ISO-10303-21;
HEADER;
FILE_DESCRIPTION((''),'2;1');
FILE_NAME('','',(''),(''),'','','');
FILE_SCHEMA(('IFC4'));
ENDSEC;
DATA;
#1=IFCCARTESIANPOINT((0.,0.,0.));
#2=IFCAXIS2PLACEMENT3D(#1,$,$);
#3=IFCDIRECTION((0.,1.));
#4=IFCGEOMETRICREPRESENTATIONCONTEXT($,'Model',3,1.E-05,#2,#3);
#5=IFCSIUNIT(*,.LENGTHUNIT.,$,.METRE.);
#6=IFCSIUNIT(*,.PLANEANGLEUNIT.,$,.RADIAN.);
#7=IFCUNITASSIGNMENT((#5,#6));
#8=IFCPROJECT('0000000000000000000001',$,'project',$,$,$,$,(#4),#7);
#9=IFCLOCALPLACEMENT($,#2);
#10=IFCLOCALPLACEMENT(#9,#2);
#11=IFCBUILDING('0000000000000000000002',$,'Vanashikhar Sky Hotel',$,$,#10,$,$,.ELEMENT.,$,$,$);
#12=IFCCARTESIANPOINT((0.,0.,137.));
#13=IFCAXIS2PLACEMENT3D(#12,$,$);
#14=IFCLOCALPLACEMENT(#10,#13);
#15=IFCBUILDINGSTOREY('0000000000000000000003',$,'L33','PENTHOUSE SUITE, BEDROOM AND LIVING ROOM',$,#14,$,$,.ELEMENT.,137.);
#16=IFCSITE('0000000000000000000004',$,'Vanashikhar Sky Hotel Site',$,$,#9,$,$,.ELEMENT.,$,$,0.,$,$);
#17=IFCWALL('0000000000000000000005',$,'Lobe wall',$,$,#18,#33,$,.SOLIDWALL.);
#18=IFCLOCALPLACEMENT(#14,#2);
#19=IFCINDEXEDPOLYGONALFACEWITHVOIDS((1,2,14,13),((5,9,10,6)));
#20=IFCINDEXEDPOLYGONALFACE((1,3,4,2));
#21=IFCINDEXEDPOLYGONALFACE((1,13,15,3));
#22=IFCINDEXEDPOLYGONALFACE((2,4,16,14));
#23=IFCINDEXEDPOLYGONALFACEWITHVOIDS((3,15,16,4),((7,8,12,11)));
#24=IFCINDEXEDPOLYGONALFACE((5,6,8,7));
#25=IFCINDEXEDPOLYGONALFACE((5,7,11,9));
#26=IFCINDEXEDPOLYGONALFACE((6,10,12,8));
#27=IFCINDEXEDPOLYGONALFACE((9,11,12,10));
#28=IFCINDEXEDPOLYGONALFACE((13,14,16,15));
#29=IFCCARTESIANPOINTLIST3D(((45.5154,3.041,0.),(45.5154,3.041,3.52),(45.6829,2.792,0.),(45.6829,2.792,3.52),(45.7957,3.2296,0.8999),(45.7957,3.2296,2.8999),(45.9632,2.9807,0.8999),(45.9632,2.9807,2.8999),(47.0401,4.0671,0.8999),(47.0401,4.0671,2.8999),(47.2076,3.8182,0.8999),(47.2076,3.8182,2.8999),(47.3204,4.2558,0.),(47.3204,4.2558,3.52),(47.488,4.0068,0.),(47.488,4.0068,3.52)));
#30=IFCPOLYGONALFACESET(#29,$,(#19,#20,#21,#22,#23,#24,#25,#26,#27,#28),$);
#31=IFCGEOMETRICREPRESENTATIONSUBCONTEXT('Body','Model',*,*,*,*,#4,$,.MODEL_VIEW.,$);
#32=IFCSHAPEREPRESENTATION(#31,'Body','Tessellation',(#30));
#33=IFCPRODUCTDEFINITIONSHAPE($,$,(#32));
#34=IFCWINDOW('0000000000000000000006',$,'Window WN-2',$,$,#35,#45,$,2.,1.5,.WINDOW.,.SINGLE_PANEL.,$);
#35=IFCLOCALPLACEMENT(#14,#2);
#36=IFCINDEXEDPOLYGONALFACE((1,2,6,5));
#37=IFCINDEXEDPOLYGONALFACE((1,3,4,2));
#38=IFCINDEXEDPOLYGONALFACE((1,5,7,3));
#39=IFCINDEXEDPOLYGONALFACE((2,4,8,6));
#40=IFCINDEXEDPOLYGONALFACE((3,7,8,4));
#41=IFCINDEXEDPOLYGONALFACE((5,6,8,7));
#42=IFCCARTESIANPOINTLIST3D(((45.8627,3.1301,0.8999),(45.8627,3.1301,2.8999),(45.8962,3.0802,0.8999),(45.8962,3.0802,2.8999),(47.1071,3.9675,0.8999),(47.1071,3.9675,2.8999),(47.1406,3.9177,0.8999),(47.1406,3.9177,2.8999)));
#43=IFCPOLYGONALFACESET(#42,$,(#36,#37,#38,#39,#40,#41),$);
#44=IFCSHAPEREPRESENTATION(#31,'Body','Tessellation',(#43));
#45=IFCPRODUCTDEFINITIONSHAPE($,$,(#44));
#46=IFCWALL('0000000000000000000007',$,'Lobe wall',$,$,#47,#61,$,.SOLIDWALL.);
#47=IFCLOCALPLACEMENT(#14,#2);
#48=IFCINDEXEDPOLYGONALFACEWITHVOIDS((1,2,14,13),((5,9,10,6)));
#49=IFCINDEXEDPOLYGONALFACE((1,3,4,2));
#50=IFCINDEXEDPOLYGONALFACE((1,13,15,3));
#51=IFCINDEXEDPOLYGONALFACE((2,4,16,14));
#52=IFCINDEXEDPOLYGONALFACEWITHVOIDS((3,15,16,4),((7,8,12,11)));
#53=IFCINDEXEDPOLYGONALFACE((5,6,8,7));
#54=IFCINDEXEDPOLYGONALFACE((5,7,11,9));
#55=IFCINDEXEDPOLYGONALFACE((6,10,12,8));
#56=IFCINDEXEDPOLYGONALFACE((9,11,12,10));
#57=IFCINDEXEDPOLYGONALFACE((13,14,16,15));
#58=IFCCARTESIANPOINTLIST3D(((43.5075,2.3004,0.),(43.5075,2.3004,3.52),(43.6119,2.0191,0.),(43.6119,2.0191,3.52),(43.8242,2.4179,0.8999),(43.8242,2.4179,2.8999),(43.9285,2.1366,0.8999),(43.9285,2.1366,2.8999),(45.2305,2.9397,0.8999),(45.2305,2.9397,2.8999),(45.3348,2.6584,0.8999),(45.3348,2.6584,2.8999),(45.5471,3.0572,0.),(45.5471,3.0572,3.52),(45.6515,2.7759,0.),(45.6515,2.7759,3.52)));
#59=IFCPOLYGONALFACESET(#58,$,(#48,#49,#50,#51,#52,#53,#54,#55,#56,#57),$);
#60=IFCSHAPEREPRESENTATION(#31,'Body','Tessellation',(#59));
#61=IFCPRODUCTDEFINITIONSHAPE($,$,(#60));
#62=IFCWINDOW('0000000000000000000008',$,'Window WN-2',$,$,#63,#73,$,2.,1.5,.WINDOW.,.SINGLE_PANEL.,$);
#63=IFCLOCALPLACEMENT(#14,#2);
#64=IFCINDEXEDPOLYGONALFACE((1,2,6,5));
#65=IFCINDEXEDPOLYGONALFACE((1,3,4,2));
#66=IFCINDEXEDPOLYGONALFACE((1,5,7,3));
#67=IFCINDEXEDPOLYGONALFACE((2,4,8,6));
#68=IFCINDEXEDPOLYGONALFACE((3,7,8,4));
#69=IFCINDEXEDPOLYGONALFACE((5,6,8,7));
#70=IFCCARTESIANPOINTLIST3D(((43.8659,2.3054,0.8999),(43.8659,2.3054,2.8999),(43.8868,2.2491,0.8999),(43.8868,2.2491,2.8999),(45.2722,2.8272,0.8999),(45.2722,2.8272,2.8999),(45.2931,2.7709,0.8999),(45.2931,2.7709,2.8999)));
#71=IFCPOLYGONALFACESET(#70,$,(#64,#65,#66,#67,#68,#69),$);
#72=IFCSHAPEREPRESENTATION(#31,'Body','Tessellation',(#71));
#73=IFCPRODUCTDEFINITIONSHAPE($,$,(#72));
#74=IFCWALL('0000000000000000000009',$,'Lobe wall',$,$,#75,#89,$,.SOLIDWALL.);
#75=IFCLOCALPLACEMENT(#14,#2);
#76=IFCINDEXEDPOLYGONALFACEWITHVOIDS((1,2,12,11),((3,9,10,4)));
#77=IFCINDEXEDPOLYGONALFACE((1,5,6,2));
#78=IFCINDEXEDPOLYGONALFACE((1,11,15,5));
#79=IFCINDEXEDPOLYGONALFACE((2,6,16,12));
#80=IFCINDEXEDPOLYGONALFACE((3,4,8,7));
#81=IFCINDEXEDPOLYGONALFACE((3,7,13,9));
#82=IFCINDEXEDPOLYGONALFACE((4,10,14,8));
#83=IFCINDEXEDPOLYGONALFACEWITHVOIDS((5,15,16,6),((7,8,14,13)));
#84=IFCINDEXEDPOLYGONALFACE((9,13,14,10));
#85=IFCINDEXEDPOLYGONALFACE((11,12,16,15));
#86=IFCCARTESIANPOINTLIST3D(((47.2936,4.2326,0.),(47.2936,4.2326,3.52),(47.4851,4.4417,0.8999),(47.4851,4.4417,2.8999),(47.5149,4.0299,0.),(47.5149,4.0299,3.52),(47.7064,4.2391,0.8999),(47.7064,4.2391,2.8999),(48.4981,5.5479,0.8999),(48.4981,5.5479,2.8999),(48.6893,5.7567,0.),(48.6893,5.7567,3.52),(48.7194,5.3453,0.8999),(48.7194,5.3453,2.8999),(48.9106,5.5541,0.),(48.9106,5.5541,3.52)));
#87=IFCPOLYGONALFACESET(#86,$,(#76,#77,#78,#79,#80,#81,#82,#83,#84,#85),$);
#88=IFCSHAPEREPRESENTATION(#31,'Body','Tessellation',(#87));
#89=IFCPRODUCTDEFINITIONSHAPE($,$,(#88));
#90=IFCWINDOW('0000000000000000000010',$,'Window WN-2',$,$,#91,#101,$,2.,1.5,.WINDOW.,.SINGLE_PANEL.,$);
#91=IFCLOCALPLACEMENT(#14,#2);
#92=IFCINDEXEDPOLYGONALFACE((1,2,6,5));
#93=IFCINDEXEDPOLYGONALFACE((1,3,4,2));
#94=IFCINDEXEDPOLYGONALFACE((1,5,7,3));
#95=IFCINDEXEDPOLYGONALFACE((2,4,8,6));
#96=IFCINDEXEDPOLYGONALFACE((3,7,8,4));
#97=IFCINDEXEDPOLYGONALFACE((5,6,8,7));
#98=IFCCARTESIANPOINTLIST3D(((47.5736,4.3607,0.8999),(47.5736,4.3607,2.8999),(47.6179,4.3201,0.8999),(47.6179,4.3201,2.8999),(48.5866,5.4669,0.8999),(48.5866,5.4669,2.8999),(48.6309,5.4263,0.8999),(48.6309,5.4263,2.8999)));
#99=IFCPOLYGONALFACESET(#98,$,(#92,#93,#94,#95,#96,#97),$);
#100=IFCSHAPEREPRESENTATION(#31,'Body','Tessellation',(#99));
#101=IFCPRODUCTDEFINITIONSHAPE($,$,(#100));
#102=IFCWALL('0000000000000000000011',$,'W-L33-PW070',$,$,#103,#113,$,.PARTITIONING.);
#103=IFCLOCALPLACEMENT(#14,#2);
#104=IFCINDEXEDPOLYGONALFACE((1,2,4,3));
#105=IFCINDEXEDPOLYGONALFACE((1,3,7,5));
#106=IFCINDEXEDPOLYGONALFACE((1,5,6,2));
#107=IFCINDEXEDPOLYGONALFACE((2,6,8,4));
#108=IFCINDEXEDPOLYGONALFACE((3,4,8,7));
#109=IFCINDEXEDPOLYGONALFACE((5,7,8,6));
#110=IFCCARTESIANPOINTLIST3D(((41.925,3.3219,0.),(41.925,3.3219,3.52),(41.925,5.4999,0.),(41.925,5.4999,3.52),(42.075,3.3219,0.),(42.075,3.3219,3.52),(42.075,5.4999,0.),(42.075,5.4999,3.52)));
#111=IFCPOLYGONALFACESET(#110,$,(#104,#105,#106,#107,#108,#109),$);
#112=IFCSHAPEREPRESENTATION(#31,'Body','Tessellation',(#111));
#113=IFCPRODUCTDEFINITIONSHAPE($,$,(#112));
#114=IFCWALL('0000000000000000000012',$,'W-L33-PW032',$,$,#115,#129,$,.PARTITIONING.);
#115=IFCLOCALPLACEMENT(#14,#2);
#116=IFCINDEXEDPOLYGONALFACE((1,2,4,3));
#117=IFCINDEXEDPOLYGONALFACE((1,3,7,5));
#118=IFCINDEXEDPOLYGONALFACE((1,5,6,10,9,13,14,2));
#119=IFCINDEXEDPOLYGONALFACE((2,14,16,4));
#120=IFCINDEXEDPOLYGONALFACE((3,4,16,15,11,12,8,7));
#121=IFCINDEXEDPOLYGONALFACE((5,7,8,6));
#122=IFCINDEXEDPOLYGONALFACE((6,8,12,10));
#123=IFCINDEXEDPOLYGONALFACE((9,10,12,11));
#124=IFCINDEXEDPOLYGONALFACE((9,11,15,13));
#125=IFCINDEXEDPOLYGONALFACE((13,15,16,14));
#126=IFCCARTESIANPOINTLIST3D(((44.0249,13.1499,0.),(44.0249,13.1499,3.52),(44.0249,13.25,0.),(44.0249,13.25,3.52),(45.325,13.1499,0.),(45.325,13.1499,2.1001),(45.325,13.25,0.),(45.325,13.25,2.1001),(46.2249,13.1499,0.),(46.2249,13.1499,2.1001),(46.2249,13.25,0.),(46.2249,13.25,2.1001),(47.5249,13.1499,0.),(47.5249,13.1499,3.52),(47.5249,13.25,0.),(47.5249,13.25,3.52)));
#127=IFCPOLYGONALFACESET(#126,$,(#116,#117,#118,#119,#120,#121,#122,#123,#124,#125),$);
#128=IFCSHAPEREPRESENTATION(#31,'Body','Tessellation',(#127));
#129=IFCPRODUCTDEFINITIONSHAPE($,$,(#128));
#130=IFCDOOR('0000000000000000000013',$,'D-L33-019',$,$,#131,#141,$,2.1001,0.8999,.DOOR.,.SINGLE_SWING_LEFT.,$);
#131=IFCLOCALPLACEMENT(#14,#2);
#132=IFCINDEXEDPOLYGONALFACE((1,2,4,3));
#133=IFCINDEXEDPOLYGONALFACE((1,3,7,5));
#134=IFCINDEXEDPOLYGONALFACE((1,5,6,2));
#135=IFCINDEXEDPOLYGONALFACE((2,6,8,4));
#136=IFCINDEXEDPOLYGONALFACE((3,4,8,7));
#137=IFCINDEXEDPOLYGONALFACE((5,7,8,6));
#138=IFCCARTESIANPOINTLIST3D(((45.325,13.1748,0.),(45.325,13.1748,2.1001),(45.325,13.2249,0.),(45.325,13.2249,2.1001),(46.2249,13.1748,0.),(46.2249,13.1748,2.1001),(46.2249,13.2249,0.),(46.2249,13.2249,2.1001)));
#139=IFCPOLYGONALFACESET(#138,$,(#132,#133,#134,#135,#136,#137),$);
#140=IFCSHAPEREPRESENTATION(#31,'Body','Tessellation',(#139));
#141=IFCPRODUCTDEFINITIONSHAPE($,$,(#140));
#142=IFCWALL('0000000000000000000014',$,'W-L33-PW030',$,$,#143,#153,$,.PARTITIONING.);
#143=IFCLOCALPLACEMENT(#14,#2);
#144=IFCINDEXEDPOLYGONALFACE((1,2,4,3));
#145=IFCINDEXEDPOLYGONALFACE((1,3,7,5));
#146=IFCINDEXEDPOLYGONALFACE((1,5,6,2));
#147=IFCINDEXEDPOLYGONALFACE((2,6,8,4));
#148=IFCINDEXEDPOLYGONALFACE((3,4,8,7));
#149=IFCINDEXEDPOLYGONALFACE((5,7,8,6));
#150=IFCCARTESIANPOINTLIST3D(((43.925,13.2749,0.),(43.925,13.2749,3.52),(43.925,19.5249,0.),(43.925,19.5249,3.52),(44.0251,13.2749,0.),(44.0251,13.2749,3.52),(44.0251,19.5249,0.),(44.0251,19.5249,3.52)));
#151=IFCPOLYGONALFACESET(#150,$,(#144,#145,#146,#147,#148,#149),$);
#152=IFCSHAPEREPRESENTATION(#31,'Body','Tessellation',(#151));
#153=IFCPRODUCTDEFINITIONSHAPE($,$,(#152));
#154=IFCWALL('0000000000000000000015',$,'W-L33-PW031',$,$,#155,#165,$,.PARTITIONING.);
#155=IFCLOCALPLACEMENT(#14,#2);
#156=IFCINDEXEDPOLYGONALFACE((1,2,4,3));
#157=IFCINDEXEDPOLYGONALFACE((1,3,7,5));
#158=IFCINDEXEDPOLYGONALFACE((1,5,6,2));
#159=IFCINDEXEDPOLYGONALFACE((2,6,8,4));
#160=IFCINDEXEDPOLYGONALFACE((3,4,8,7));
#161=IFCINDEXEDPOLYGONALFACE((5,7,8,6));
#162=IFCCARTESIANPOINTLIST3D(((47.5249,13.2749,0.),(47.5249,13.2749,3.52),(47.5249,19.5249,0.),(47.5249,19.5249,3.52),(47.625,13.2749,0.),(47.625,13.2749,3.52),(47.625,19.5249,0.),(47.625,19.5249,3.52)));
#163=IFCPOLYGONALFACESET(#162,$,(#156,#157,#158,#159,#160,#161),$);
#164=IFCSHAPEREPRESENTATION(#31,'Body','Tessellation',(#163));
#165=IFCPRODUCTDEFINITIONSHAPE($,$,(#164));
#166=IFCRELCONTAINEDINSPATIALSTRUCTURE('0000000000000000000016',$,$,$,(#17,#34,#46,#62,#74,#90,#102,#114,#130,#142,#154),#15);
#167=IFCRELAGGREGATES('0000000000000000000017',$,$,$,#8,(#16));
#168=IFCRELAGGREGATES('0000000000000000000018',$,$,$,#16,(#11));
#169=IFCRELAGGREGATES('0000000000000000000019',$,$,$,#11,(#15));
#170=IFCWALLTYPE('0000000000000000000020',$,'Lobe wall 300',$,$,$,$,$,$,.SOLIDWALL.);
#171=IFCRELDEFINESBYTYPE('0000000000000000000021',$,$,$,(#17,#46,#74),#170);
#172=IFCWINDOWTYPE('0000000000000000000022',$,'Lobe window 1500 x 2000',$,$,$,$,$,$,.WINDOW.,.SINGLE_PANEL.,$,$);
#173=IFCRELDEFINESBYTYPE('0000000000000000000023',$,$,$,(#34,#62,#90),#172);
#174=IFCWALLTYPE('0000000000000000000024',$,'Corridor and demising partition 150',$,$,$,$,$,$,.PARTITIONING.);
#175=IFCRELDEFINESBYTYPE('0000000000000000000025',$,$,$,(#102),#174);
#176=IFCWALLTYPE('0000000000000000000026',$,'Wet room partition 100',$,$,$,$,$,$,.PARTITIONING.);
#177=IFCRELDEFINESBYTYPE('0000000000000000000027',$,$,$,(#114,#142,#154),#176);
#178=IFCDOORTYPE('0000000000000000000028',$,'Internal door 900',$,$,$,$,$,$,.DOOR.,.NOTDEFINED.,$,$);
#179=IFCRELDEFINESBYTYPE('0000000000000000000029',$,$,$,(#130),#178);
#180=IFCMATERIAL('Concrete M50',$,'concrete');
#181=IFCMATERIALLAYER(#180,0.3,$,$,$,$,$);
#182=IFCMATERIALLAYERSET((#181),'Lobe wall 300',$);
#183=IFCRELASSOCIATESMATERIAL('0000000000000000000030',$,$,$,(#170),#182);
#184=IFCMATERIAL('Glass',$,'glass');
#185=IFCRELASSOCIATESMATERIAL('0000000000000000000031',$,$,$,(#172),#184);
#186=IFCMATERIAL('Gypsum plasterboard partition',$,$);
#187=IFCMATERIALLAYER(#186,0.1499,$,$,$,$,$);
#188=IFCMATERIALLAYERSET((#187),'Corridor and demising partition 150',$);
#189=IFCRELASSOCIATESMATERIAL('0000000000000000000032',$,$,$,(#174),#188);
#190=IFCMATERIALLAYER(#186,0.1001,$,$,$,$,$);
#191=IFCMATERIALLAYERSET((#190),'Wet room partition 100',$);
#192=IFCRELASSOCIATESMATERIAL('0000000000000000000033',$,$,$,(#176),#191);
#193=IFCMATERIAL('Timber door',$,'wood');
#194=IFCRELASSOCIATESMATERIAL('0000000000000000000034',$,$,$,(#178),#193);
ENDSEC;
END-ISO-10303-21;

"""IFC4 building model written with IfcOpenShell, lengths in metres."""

from ifc_helpers import new_model, si_unit, direction, frame, frame_2d, origin, place, context, subcontext, project, spatial, rectangle, extrude, source, transform, mapped, material, layer, layer_set, type_object, element, fill, save


model = new_model("IFC4")

# Units and contexts
model_context = context("Model", 3, precision=1e-05, world=origin(), true_north=direction((0.0, 1.0)))
body_context = subcontext(model_context, "Body", "Model", "MODEL_VIEW")
ifc_project = project(units=[si_unit("LENGTHUNIT", "METRE"), si_unit("PLANEANGLEUNIT", "RADIAN")], contexts=[model_context])

# Site, building, storey
site_placement = place(None, origin())
site = spatial("IfcSite", under=ifc_project, at=site_placement, Name="Vanashikhar Sky Hotel Site", CompositionType="ELEMENT", RefElevation=0.0)
building_placement = place(site_placement, origin())
building = spatial("IfcBuilding", under=site, at=building_placement, Name="Vanashikhar Sky Hotel", CompositionType="ELEMENT")
storey_placement = place(building_placement, frame((0.0, 0.0, 137.0)))
storey = spatial("IfcBuildingStorey", under=building, at=storey_placement, Name="L33", Description="PENTHOUSE SUITE, BEDROOM AND LIVING ROOM", CompositionType="ELEMENT", Elevation=137.0)

# Walls, openings, windows
ifc_material_1 = material(Name="Concrete M50", Category="concrete")
ifc_layer_1 = layer(ifc_material_1, 0.3)
ifc_layer_set_1 = layer_set([ifc_layer_1], Name="Lobe wall 300")
wall_type_1 = type_object("IfcWallType", Name="Lobe wall 300", PredefinedType="SOLIDWALL", material=ifc_layer_set_1)
shared_shape_1 = source(origin(), body_context, "Body", "SweptSolid", [
    extrude(rectangle(XDim=2.1758, YDim=0.3, at=frame_2d((1.0879, 0.0))), origin(), (0.0, 0.0, 1.0), 3.52),
])
wall_1_placement = place(storey_placement, frame((45.5991, 2.9165, 0.0), z_axis=(0.0, 0.0, 1.0), x_axis=(0.829626, 0.55832, 0.0)))
wall_1 = element("IfcWall", 1, at=wall_1_placement, inside=storey, type_object=wall_type_1, Name="Lobe wall", PredefinedType="SOLIDWALL", context=body_context, shape_type="MappedRepresentation", body=[
    mapped(shared_shape_1, transform((0.0, 0.0, 0.0), scale=1.0)),
])
shared_shape_2 = source(origin(), body_context, "Body", "SweptSolid", [
    extrude(rectangle(XDim=1.5, YDim=2.0, at=frame_2d((0.75, 1.0))), frame((0.0, 0.1602, 0.0), z_axis=(0.0, -1.0, 0.0), x_axis=(1.0, 0.0, 0.0)), (0.0, 0.0, 1.0), 0.3201),
])
opening_1_placement = place(wall_1_placement, frame((0.3379, 0.0, 0.8999)))
opening_1 = element("IfcOpeningElement", 2, at=opening_1_placement, cuts=wall_1, PredefinedType="OPENING", context=body_context, shape_type="MappedRepresentation", body=[
    mapped(shared_shape_2, transform((0.0, 0.0, 0.0), scale=1.0)),
])
ifc_material_2 = material(Name="Glass", Category="glass")
window_type = type_object("IfcWindowType", Name="Lobe window 1500 x 2000", PartitioningType="SINGLE_PANEL", PredefinedType="WINDOW", material=ifc_material_2)
shared_shape_3 = source(origin(), body_context, "Body", "SweptSolid", [
    extrude(rectangle(XDim=1.5, YDim=2.0, at=frame_2d((0.75, 1.0))), frame((0.0, 0.03, 0.0), z_axis=(0.0, -1.0, 0.0), x_axis=(1.0, 0.0, 0.0)), (0.0, 0.0, 1.0), 0.0601),
])
window_1_placement = place(opening_1_placement, origin())
window_1 = element("IfcWindow", 3, at=window_1_placement, inside=storey, type_object=window_type, Name="Window WN-2", OverallHeight=2.0, OverallWidth=1.5, PartitioningType="SINGLE_PANEL", PredefinedType="WINDOW", context=body_context, shape_type="MappedRepresentation", body=[
    mapped(shared_shape_3, transform((0.0, 0.0, 0.0), scale=1.0)),
])
fill(opening_1, window_1)
shared_shape_4 = source(origin(), body_context, "Body", "SweptSolid", [
    extrude(rectangle(XDim=2.1755, YDim=0.3, at=frame_2d((1.0879, 0.0))), origin(), (0.0, 0.0, 1.0), 3.52),
])
wall_2_placement = place(storey_placement, frame((43.5596, 2.1597, 0.0), z_axis=(0.0, 0.0, 1.0), x_axis=(0.937532, 0.347899, 0.0)))
wall_2 = element("IfcWall", 4, at=wall_2_placement, inside=storey, type_object=wall_type_1, Name="Lobe wall", PredefinedType="SOLIDWALL", context=body_context, shape_type="MappedRepresentation", body=[
    mapped(shared_shape_4, transform((0.0, 0.0, 0.0), scale=1.0)),
])
opening_2_placement = place(wall_2_placement, frame((0.3379, 0.0, 0.8999)))
opening_2 = element("IfcOpeningElement", 5, at=opening_2_placement, cuts=wall_2, PredefinedType="OPENING", context=body_context, shape_type="MappedRepresentation", body=[
    mapped(shared_shape_2, transform((0.0, 0.0, 0.0), scale=1.0)),
])
window_2_placement = place(opening_2_placement, origin())
window_2 = element("IfcWindow", 6, at=window_2_placement, inside=storey, type_object=window_type, Name="Window WN-2", OverallHeight=2.0, OverallWidth=1.5, PartitioningType="SINGLE_PANEL", PredefinedType="WINDOW", context=body_context, shape_type="MappedRepresentation", body=[
    mapped(shared_shape_3, transform((0.0, 0.0, 0.0), scale=1.0)),
])
fill(opening_2, window_2)
shared_shape_5 = source(origin(), body_context, "Body", "SweptSolid", [
    extrude(rectangle(XDim=2.0667, YDim=0.3, at=frame_2d((1.0332, 0.0))), origin(), (0.0, 0.0, 1.0), 3.52),
])
wall_3_placement = place(storey_placement, frame((47.4043, 4.1313, 0.0), z_axis=(0.0, 0.0, 1.0), x_axis=(0.675355, 0.737492, 0.0)))
wall_3 = element("IfcWall", 7, at=wall_3_placement, inside=storey, type_object=wall_type_1, Name="Lobe wall", PredefinedType="SOLIDWALL", context=body_context, shape_type="MappedRepresentation", body=[
    mapped(shared_shape_5, transform((0.0, 0.0, 0.0), scale=1.0)),
])
opening_3_placement = place(wall_3_placement, frame((0.2834, 0.0, 0.8999)))
opening_3 = element("IfcOpeningElement", 8, at=opening_3_placement, cuts=wall_3, PredefinedType="OPENING", context=body_context, shape_type="MappedRepresentation", body=[
    mapped(shared_shape_2, transform((0.0, 0.0, 0.0), scale=1.0)),
])
window_3_placement = place(opening_3_placement, origin())
window_3 = element("IfcWindow", 9, at=window_3_placement, inside=storey, type_object=window_type, Name="Window WN-2", OverallHeight=2.0, OverallWidth=1.5, PartitioningType="SINGLE_PANEL", PredefinedType="WINDOW", context=body_context, shape_type="MappedRepresentation", body=[
    mapped(shared_shape_3, transform((0.0, 0.0, 0.0), scale=1.0)),
])
fill(opening_3, window_3)

# Wall
ifc_material_3 = material(Name="Gypsum plasterboard partition")
ifc_layer_2 = layer(ifc_material_3, 0.1499)
ifc_layer_set_2 = layer_set([ifc_layer_2], Name="Corridor and demising partition 150")
wall_type_2 = type_object("IfcWallType", Name="Corridor and demising partition 150", PredefinedType="PARTITIONING", material=ifc_layer_set_2)
shared_shape_6 = source(origin(), body_context, "Body", "SweptSolid", [
    extrude(rectangle(XDim=2.178, YDim=0.1499, at=frame_2d((1.0889, 0.0))), origin(), (0.0, 0.0, 1.0), 3.52),
])
wall_4_placement = place(storey_placement, frame((42.0, 3.322, 0.0), z_axis=(0.0, 0.0, 1.0), x_axis=(0.0, 1.0, 0.0)))
element("IfcWall", 10, at=wall_4_placement, inside=storey, type_object=wall_type_2, Name="W-L33-PW070", PredefinedType="PARTITIONING", context=body_context, shape_type="MappedRepresentation", body=[
    mapped(shared_shape_6, transform((0.0, 0.0, 0.0), scale=1.0)),
])

# Wall, opening, door
ifc_layer_3 = layer(ifc_material_3, 0.1001)
ifc_layer_set_3 = layer_set([ifc_layer_3], Name="Wet room partition 100")
wall_type_3 = type_object("IfcWallType", Name="Wet room partition 100", PredefinedType="PARTITIONING", material=ifc_layer_set_3)
shared_shape_7 = source(origin(), body_context, "Body", "SweptSolid", [
    extrude(rectangle(XDim=3.5, YDim=0.1001, at=frame_2d((1.75, 0.0))), origin(), (0.0, 0.0, 1.0), 3.52),
])
wall_5_placement = place(storey_placement, frame((44.0249, 13.2, 0.0), z_axis=(0.0, 0.0, 1.0), x_axis=(1.0, 0.0, 0.0)))
wall_5 = element("IfcWall", 11, at=wall_5_placement, inside=storey, type_object=wall_type_3, Name="W-L33-PW032", PredefinedType="PARTITIONING", context=body_context, shape_type="MappedRepresentation", body=[
    mapped(shared_shape_7, transform((0.0, 0.0, 0.0), scale=1.0)),
])
shared_shape_8 = source(origin(), body_context, "Body", "SweptSolid", [
    extrude(rectangle(XDim=0.8999, YDim=2.1001, at=frame_2d((0.45, 1.05))), frame((0.0, 0.0601, 0.0), z_axis=(0.0, -1.0, 0.0), x_axis=(1.0, 0.0, 0.0)), (0.0, 0.0, 1.0), 0.1201),
])
opening_4_placement = place(wall_5_placement, frame((1.3, 0.0, 0.0)))
opening_4 = element("IfcOpeningElement", 12, at=opening_4_placement, cuts=wall_5, PredefinedType="OPENING", context=body_context, shape_type="MappedRepresentation", body=[
    mapped(shared_shape_8, transform((0.0, 0.0, 0.0), scale=1.0)),
])
ifc_material_4 = material(Name="Timber door", Category="wood")
door_type_1 = type_object("IfcDoorType", Name="Internal door 900", OperationType="NOTDEFINED", PredefinedType="DOOR", material=ifc_material_4)
shared_shape_9 = source(origin(), body_context, "Body", "SweptSolid", [
    extrude(rectangle(XDim=0.8999, YDim=2.1001, at=frame_2d((0.45, 1.05))), frame((0.0, 0.0249, 0.0), z_axis=(0.0, -1.0, 0.0), x_axis=(1.0, 0.0, 0.0)), (0.0, 0.0, 1.0), 0.05),
])
door_1_placement = place(opening_4_placement, origin())
door_1 = element("IfcDoor", 13, at=door_1_placement, inside=storey, type_object=door_type_1, Name="D-L33-019", OperationType="SINGLE_SWING_LEFT", OverallHeight=2.1001, OverallWidth=0.8999, PredefinedType="DOOR", context=body_context, shape_type="MappedRepresentation", body=[
    mapped(shared_shape_9, transform((0.0, 0.0, 0.0), scale=1.0)),
])
fill(opening_4, door_1)

# Walls
shared_shape_10 = source(origin(), body_context, "Body", "SweptSolid", [
    extrude(rectangle(XDim=6.25, YDim=0.1001, at=frame_2d((3.125, 0.0))), origin(), (0.0, 0.0, 1.0), 3.52),
])
for number, where, z_axis, x_axis, name in (
    (14, (43.9751, 13.2749, 0.0), (0.0, 0.0, 1.0), (0.0, 1.0, 0.0), "W-L33-PW030"),
    (15, (47.575, 13.2749, 0.0), (0.0, 0.0, 1.0), (0.0, 1.0, 0.0), "W-L33-PW031"),
):
    element("IfcWall", number, at=place(storey_placement, frame(where, z_axis=z_axis, x_axis=x_axis)), inside=storey, type_object=wall_type_3, Name=name, PredefinedType="PARTITIONING", context=body_context, shape_type="MappedRepresentation", body=[
        mapped(shared_shape_10, transform((0.0, 0.0, 0.0), scale=1.0)),
    ])

save(model, "model.ifc")
